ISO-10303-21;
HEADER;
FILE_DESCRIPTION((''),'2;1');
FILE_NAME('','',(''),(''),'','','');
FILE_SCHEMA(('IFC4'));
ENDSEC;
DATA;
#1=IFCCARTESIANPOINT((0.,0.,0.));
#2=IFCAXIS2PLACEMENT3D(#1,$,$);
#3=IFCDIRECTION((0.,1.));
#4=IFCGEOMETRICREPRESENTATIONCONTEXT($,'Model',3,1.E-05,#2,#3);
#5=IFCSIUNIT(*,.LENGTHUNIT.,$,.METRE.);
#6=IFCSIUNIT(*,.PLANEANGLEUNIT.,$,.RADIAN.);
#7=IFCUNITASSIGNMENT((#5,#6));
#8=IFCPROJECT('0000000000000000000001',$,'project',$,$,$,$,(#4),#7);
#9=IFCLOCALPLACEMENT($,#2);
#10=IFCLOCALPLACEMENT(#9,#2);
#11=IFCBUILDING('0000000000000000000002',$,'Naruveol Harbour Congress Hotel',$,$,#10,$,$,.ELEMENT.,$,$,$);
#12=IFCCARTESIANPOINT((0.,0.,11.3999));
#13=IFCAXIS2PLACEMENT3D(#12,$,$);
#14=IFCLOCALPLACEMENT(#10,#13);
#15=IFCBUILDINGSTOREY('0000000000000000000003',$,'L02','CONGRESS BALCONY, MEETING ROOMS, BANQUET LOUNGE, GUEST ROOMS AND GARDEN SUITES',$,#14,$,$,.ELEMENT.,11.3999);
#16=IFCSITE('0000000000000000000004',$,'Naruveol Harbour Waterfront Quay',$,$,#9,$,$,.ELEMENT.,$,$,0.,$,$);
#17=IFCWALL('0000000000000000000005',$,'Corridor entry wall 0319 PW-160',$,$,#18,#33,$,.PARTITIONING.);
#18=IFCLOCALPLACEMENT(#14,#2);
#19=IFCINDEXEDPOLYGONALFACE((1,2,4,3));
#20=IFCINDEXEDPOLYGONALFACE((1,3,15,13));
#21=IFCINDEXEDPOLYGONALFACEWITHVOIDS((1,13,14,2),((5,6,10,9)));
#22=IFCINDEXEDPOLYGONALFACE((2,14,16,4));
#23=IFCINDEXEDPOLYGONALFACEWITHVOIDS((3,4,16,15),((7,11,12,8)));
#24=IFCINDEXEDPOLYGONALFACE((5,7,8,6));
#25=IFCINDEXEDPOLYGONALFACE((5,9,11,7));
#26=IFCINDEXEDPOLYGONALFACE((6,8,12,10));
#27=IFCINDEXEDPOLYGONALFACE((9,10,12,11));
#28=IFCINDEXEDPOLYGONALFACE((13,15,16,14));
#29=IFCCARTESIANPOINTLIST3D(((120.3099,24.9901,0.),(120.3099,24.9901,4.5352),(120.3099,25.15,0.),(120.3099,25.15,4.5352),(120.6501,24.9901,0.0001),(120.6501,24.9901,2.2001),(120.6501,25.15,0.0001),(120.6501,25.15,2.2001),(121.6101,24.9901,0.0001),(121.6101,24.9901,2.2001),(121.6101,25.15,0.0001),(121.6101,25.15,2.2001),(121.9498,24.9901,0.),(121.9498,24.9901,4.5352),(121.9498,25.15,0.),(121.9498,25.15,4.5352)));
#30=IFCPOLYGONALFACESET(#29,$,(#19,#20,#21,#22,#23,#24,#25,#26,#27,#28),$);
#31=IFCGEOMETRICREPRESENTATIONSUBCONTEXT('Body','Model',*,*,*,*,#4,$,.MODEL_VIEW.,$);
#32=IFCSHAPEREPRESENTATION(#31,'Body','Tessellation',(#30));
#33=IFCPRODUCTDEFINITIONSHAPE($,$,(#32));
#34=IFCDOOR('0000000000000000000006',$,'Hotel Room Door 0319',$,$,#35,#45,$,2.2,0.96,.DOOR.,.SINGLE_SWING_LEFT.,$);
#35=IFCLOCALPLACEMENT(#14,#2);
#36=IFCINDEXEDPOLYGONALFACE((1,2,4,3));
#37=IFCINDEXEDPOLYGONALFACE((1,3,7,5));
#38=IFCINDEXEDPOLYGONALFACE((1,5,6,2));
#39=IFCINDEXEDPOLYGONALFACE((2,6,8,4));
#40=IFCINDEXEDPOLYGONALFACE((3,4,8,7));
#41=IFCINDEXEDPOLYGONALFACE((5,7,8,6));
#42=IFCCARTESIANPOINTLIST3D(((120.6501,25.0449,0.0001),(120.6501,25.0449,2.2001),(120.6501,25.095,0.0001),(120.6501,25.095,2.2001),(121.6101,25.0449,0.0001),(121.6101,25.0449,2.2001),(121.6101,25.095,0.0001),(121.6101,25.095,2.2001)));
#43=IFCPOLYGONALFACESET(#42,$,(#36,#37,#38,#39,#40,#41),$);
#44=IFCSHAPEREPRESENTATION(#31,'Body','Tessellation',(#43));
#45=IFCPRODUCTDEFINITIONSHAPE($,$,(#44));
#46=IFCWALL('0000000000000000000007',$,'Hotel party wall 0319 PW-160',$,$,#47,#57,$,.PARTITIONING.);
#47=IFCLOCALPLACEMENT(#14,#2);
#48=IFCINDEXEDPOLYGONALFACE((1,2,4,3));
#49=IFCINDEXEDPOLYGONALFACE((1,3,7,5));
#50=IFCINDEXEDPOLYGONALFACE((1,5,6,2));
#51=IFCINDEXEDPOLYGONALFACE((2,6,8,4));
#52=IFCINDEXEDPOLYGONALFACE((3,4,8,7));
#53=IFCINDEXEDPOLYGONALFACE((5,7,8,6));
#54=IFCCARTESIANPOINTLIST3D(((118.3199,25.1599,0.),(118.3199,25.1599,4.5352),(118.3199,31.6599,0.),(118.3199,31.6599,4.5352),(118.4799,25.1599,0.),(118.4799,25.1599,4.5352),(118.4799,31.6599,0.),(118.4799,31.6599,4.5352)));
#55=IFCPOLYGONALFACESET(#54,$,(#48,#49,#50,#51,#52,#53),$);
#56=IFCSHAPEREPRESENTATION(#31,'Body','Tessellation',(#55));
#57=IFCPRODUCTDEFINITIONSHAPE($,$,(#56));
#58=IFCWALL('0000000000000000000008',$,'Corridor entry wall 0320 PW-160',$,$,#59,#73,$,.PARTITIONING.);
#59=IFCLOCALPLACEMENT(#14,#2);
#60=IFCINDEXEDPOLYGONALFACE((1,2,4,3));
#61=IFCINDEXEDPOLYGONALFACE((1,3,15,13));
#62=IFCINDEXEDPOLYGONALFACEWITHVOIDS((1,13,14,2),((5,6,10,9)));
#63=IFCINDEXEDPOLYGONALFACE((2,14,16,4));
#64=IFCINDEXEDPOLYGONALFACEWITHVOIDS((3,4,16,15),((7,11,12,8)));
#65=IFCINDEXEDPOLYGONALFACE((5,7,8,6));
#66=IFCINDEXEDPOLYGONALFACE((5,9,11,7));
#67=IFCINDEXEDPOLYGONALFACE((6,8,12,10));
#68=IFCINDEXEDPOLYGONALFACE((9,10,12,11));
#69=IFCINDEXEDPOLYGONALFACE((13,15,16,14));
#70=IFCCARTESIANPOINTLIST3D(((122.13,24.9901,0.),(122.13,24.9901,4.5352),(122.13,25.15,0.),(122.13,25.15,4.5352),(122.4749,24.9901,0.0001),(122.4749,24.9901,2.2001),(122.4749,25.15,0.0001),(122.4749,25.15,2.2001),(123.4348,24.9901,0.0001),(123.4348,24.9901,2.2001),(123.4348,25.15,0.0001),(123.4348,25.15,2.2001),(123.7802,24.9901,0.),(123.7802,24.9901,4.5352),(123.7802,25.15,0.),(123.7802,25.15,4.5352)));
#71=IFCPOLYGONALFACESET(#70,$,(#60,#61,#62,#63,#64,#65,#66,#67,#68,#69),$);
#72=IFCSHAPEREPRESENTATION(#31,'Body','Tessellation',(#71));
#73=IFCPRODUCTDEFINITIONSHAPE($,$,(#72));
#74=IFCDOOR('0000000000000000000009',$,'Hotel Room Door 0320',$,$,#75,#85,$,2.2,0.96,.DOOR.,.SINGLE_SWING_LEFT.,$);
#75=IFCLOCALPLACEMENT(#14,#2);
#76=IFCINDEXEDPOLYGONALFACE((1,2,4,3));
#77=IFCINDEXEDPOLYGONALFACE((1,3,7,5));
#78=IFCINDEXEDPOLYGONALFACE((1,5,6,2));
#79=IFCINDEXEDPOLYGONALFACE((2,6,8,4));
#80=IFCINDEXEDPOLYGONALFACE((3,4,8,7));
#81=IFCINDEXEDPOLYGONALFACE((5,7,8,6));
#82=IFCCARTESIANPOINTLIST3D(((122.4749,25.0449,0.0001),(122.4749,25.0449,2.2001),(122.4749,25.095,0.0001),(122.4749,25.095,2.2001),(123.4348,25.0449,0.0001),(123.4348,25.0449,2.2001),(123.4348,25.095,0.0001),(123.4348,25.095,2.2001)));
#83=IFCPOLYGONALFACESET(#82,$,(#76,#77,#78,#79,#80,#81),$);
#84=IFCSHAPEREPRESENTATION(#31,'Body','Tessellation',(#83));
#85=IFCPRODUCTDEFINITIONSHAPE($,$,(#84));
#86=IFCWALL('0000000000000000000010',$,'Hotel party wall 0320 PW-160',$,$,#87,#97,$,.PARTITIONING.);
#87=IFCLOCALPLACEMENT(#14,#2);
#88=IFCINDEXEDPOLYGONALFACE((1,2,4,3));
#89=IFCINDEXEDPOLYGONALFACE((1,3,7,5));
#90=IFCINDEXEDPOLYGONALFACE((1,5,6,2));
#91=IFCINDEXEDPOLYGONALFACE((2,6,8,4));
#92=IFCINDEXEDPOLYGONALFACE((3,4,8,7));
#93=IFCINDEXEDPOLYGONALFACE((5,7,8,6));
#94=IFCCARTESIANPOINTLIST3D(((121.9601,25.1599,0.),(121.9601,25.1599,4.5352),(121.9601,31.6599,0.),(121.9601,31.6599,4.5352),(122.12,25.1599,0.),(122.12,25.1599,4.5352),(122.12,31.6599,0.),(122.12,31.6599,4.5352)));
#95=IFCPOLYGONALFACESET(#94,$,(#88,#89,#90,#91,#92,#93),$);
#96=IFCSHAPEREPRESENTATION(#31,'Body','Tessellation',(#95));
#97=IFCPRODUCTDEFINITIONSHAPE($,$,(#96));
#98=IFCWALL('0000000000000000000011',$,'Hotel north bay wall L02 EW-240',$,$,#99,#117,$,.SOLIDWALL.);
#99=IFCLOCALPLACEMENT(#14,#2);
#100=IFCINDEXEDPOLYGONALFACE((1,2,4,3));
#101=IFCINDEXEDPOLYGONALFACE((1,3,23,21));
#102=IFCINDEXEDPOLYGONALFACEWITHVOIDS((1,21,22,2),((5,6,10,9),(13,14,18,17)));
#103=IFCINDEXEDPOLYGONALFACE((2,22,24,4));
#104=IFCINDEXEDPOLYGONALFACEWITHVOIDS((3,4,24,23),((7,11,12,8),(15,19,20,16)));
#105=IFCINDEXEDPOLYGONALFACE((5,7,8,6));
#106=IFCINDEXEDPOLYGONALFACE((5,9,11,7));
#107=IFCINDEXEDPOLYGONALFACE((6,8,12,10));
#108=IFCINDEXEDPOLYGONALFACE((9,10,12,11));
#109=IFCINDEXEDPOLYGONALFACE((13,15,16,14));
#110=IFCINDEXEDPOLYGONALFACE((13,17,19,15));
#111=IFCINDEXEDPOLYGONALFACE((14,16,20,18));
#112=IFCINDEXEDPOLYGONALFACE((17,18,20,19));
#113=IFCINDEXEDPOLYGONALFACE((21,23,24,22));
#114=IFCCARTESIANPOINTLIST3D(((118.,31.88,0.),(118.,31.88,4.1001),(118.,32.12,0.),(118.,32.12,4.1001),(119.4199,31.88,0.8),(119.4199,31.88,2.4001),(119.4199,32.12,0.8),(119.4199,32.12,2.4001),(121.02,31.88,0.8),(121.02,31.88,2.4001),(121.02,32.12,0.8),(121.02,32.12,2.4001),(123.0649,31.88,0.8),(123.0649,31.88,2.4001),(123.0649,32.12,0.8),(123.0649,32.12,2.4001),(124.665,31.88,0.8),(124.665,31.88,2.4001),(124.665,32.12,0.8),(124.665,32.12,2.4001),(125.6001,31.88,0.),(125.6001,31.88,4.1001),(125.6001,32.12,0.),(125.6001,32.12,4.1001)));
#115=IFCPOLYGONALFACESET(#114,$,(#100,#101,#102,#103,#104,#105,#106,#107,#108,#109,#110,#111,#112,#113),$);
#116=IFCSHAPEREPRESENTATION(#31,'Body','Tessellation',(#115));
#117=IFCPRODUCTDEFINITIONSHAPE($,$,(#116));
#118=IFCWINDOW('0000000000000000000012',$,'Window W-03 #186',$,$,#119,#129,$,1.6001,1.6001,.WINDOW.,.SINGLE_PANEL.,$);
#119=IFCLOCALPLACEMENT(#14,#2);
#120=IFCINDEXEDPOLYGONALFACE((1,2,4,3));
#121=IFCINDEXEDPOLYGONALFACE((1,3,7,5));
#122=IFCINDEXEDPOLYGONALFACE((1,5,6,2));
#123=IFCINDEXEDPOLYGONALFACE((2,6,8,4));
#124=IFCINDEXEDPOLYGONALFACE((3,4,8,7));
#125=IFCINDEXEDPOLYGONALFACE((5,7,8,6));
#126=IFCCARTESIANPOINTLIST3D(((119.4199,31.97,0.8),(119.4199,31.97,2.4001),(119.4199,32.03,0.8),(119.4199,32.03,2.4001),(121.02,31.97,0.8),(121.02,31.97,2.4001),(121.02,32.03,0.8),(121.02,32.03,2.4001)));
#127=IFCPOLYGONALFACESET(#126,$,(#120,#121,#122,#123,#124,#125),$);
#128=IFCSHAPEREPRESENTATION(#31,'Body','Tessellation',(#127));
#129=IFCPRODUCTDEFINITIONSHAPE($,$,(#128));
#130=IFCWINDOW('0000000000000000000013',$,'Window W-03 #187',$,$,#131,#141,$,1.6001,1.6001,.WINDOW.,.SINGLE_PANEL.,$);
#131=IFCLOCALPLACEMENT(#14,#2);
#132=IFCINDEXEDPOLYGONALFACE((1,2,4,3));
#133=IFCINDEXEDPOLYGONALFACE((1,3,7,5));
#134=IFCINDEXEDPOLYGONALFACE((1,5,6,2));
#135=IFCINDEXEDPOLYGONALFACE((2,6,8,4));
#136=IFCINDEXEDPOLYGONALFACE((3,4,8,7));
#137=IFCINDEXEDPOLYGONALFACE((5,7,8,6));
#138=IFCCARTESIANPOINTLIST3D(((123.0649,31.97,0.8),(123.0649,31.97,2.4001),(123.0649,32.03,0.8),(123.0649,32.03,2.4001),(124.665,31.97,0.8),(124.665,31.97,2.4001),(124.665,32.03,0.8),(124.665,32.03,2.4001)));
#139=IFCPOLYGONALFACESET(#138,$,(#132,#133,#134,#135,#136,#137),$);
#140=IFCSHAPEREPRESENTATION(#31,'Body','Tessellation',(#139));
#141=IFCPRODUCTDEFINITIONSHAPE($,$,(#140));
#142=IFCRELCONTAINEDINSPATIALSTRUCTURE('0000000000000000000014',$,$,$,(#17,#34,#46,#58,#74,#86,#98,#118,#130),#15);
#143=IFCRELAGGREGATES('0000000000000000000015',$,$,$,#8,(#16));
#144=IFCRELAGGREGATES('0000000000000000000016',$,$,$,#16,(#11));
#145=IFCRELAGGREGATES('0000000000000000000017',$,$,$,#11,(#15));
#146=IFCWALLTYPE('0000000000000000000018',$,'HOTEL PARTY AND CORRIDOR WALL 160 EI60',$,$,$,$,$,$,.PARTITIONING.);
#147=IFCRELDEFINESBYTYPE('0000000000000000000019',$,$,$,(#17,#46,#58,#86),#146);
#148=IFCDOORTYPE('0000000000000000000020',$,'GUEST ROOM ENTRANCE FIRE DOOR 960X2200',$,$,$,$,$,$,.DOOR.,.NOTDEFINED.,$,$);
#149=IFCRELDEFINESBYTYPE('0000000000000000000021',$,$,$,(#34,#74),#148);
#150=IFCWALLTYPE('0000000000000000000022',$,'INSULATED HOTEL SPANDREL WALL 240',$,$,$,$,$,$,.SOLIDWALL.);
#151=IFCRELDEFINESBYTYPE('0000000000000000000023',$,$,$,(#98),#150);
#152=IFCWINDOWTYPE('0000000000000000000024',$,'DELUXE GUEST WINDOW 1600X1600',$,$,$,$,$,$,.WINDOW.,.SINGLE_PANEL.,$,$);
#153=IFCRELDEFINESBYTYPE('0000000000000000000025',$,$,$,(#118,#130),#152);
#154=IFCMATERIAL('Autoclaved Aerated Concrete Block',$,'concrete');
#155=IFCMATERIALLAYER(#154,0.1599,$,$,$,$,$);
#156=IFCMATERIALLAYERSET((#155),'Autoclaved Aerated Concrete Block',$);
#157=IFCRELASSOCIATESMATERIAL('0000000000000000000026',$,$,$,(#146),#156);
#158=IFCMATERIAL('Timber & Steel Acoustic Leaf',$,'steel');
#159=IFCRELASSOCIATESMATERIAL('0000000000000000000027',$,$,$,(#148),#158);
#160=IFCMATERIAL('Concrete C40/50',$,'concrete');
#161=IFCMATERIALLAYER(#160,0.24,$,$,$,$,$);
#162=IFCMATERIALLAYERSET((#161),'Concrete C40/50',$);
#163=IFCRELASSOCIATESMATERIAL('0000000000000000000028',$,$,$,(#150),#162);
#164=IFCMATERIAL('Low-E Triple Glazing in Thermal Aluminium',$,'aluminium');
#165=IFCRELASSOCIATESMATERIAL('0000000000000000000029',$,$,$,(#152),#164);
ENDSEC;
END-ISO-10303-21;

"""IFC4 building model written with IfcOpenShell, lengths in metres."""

from ifc_helpers import new_model, si_unit, direction, frame, frame_2d, origin, place, context, subcontext, project, spatial, rectangle, extrude, material, layer, layer_set, type_object, element, fill, save


model = new_model("IFC4")

# Units and contexts
model_context = context("Model", 3, precision=1e-05, world=origin(), true_north=direction((0.0, 1.0)))
body_context = subcontext(model_context, "Body", "Model", "MODEL_VIEW")
ifc_project = project(units=[si_unit("LENGTHUNIT", "METRE"), si_unit("PLANEANGLEUNIT", "RADIAN")], contexts=[model_context])

# Site, building, storey
site_placement = place(None, origin())
site = spatial("IfcSite", under=ifc_project, at=site_placement, Name="Naruveol Harbour Waterfront Quay", CompositionType="ELEMENT", RefElevation=0.0)
building_placement = place(site_placement, origin())
building = spatial("IfcBuilding", under=site, at=building_placement, Name="Naruveol Harbour Congress Hotel", CompositionType="ELEMENT")
storey_placement = place(building_placement, frame((0.0, 0.0, 11.3999)))
storey = spatial("IfcBuildingStorey", under=building, at=storey_placement, Name="L02", Description="CONGRESS BALCONY, MEETING ROOMS, BANQUET LOUNGE, GUEST ROOMS AND GARDEN SUITES", CompositionType="ELEMENT", Elevation=11.3999)

# Shared definitions
ifc_material_1 = material(Name="Autoclaved Aerated Concrete Block", Category="concrete")
ifc_layer_1 = layer(ifc_material_1, 0.1599)
ifc_layer_set_1 = layer_set([ifc_layer_1], Name="Autoclaved Aerated Concrete Block")
wall_type_1 = type_object("IfcWallType", Name="HOTEL PARTY AND CORRIDOR WALL 160 EI60", PredefinedType="PARTITIONING", material=ifc_layer_set_1)

# Wall, opening, door
wall_1_placement = place(storey_placement, frame((120.3101, 25.0701, 0.0), z_axis=(0.0, 0.0, 1.0), x_axis=(1.0, 0.0, 0.0)))
wall_1 = element("IfcWall", 1, at=wall_1_placement, inside=storey, type_object=wall_type_1, Name="Corridor entry wall 0319 PW-160", PredefinedType="PARTITIONING", context=body_context, shape_type="SweptSolid", body=[
    extrude(rectangle(XDim=1.6399, YDim=0.1599, at=frame_2d((0.8198, 0.0))), origin(), (0.0, 0.0, 1.0), 4.5352),
])
opening_1_placement = place(wall_1_placement, frame((0.3401, 0.0, 0.0)))
opening_1 = element("IfcOpeningElement", 2, at=opening_1_placement, cuts=wall_1, PredefinedType="OPENING", context=body_context, shape_type="SweptSolid", body=[
    extrude(rectangle(XDim=0.96, YDim=2.2, at=frame_2d((0.48, 1.1001))), frame((0.0, 0.0898, 0.0), z_axis=(0.0, -1.0, 0.0), x_axis=(1.0, 0.0, 0.0)), (0.0, 0.0, 1.0), 0.1799),
])
ifc_material_2 = material(Name="Timber & Steel Acoustic Leaf", Category="steel")
door_type_1 = type_object("IfcDoorType", Name="GUEST ROOM ENTRANCE FIRE DOOR 960X2200", OperationType="NOTDEFINED", PredefinedType="DOOR", material=ifc_material_2)
door_1_placement = place(opening_1_placement, origin())
door_1 = element("IfcDoor", 3, at=door_1_placement, inside=storey, type_object=door_type_1, Name="Hotel Room Door 0319", OperationType="SINGLE_SWING_LEFT", OverallHeight=2.2, OverallWidth=0.96, PredefinedType="DOOR", context=body_context, shape_type="SweptSolid", body=[
    extrude(rectangle(XDim=0.96, YDim=2.2, at=frame_2d((0.48, 1.1001))), frame((0.0, 0.0249, 0.0), z_axis=(0.0, -1.0, 0.0), x_axis=(1.0, 0.0, 0.0)), (0.0, 0.0, 1.0), 0.05),
])
fill(opening_1, door_1)

# Wall
wall_2_placement = place(storey_placement, frame((118.3999, 25.1599, 0.0), z_axis=(0.0, 0.0, 1.0), x_axis=(0.0, 1.0, 0.0)))
element("IfcWall", 4, at=wall_2_placement, inside=storey, type_object=wall_type_1, Name="Hotel party wall 0319 PW-160", PredefinedType="PARTITIONING", context=body_context, shape_type="SweptSolid", body=[
    extrude(rectangle(XDim=6.5, YDim=0.1599, at=frame_2d((3.25, 0.0))), origin(), (0.0, 0.0, 1.0), 4.5352),
])

# Wall, opening, door
wall_3_placement = place(storey_placement, frame((122.1299, 25.0701, 0.0), z_axis=(0.0, 0.0, 1.0), x_axis=(1.0, 0.0, 0.0)))
wall_3 = element("IfcWall", 5, at=wall_3_placement, inside=storey, type_object=wall_type_1, Name="Corridor entry wall 0320 PW-160", PredefinedType="PARTITIONING", context=body_context, shape_type="SweptSolid", body=[
    extrude(rectangle(XDim=1.6501, YDim=0.1599, at=frame_2d((0.8252, 0.0))), origin(), (0.0, 0.0, 1.0), 4.5352),
])
opening_2_placement = place(wall_3_placement, frame((0.345, 0.0, 0.0)))
opening_2 = element("IfcOpeningElement", 6, at=opening_2_placement, cuts=wall_3, PredefinedType="OPENING", context=body_context, shape_type="SweptSolid", body=[
    extrude(rectangle(XDim=0.96, YDim=2.2, at=frame_2d((0.48, 1.1001))), frame((0.0, 0.0898, 0.0), z_axis=(0.0, -1.0, 0.0), x_axis=(1.0, 0.0, 0.0)), (0.0, 0.0, 1.0), 0.1799),
])
door_2_placement = place(opening_2_placement, origin())
door_2 = element("IfcDoor", 7, at=door_2_placement, inside=storey, type_object=door_type_1, Name="Hotel Room Door 0320", OperationType="SINGLE_SWING_LEFT", OverallHeight=2.2, OverallWidth=0.96, PredefinedType="DOOR", context=body_context, shape_type="SweptSolid", body=[
    extrude(rectangle(XDim=0.96, YDim=2.2, at=frame_2d((0.48, 1.1001))), frame((0.0, 0.0249, 0.0), z_axis=(0.0, -1.0, 0.0), x_axis=(1.0, 0.0, 0.0)), (0.0, 0.0, 1.0), 0.05),
])
fill(opening_2, door_2)

# Wall
wall_4_placement = place(storey_placement, frame((122.04, 25.1599, 0.0), z_axis=(0.0, 0.0, 1.0), x_axis=(0.0, 1.0, 0.0)))
element("IfcWall", 8, at=wall_4_placement, inside=storey, type_object=wall_type_1, Name="Hotel party wall 0320 PW-160", PredefinedType="PARTITIONING", context=body_context, shape_type="SweptSolid", body=[
    extrude(rectangle(XDim=6.5, YDim=0.1599, at=frame_2d((3.25, 0.0))), origin(), (0.0, 0.0, 1.0), 4.5352),
])

# Wall, openings, windows
ifc_material_3 = material(Name="Concrete C40/50", Category="concrete")
ifc_layer_2 = layer(ifc_material_3, 0.24)
ifc_layer_set_2 = layer_set([ifc_layer_2], Name="Concrete C40/50")
wall_type_2 = type_object("IfcWallType", Name="INSULATED HOTEL SPANDREL WALL 240", PredefinedType="SOLIDWALL", material=ifc_layer_set_2)
wall_5_placement = place(storey_placement, frame((118.0, 32.0, 0.0), z_axis=(0.0, 0.0, 1.0), x_axis=(1.0, 0.0, 0.0)))
wall_5 = element("IfcWall", 9, at=wall_5_placement, inside=storey, type_object=wall_type_2, Name="Hotel north bay wall L02 EW-240", PredefinedType="SOLIDWALL", context=body_context, shape_type="SweptSolid", body=[
    extrude(rectangle(XDim=7.6001, YDim=0.24, at=frame_2d((3.8, 0.0))), origin(), (0.0, 0.0, 1.0), 4.1001),
])
opening_3_placement = place(wall_5_placement, frame((1.4199, 0.0, 0.8)))
opening_3 = element("IfcOpeningElement", 10, at=opening_3_placement, cuts=wall_5, PredefinedType="OPENING", context=body_context, shape_type="SweptSolid", body=[
    extrude(rectangle(XDim=1.6001, YDim=1.6001, at=frame_2d((0.8, 0.8))), frame((0.0, 0.1299, 0.0), z_axis=(0.0, -1.0, 0.0), x_axis=(1.0, 0.0, 0.0)), (0.0, 0.0, 1.0), 0.26),
])
opening_4_placement = place(wall_5_placement, frame((5.0649, 0.0, 0.8)))
opening_4 = element("IfcOpeningElement", 11, at=opening_4_placement, cuts=wall_5, PredefinedType="OPENING", context=body_context, shape_type="SweptSolid", body=[
    extrude(rectangle(XDim=1.6001, YDim=1.6001, at=frame_2d((0.8, 0.8))), frame((0.0, 0.1299, 0.0), z_axis=(0.0, -1.0, 0.0), x_axis=(1.0, 0.0, 0.0)), (0.0, 0.0, 1.0), 0.26),
])
ifc_material_4 = material(Name="Low-E Triple Glazing in Thermal Aluminium", Category="aluminium")
window_type = type_object("IfcWindowType", Name="DELUXE GUEST WINDOW 1600X1600", PartitioningType="SINGLE_PANEL", PredefinedType="WINDOW", material=ifc_material_4)
window_1_placement = place(opening_3_placement, origin())
window_1 = element("IfcWindow", 12, at=window_1_placement, inside=storey, type_object=window_type, Name="Window W-03 #186", OverallHeight=1.6001, OverallWidth=1.6001, PartitioningType="SINGLE_PANEL", PredefinedType="WINDOW", context=body_context, shape_type="SweptSolid", body=[
    extrude(rectangle(XDim=1.6001, YDim=1.6001, at=frame_2d((0.8, 0.8))), frame((0.0, 0.03, 0.0), z_axis=(0.0, -1.0, 0.0), x_axis=(1.0, 0.0, 0.0)), (0.0, 0.0, 1.0), 0.0601),
])
fill(opening_3, window_1)
window_2_placement = place(opening_4_placement, origin())
window_2 = element("IfcWindow", 13, at=window_2_placement, inside=storey, type_object=window_type, Name="Window W-03 #187", OverallHeight=1.6001, OverallWidth=1.6001, PartitioningType="SINGLE_PANEL", PredefinedType="WINDOW", context=body_context, shape_type="SweptSolid", body=[
    extrude(rectangle(XDim=1.6001, YDim=1.6001, at=frame_2d((0.8, 0.8))), frame((0.0, 0.03, 0.0), z_axis=(0.0, -1.0, 0.0), x_axis=(1.0, 0.0, 0.0)), (0.0, 0.0, 1.0), 0.0601),
])
fill(opening_4, window_2)

save(model, "model.ifc")
